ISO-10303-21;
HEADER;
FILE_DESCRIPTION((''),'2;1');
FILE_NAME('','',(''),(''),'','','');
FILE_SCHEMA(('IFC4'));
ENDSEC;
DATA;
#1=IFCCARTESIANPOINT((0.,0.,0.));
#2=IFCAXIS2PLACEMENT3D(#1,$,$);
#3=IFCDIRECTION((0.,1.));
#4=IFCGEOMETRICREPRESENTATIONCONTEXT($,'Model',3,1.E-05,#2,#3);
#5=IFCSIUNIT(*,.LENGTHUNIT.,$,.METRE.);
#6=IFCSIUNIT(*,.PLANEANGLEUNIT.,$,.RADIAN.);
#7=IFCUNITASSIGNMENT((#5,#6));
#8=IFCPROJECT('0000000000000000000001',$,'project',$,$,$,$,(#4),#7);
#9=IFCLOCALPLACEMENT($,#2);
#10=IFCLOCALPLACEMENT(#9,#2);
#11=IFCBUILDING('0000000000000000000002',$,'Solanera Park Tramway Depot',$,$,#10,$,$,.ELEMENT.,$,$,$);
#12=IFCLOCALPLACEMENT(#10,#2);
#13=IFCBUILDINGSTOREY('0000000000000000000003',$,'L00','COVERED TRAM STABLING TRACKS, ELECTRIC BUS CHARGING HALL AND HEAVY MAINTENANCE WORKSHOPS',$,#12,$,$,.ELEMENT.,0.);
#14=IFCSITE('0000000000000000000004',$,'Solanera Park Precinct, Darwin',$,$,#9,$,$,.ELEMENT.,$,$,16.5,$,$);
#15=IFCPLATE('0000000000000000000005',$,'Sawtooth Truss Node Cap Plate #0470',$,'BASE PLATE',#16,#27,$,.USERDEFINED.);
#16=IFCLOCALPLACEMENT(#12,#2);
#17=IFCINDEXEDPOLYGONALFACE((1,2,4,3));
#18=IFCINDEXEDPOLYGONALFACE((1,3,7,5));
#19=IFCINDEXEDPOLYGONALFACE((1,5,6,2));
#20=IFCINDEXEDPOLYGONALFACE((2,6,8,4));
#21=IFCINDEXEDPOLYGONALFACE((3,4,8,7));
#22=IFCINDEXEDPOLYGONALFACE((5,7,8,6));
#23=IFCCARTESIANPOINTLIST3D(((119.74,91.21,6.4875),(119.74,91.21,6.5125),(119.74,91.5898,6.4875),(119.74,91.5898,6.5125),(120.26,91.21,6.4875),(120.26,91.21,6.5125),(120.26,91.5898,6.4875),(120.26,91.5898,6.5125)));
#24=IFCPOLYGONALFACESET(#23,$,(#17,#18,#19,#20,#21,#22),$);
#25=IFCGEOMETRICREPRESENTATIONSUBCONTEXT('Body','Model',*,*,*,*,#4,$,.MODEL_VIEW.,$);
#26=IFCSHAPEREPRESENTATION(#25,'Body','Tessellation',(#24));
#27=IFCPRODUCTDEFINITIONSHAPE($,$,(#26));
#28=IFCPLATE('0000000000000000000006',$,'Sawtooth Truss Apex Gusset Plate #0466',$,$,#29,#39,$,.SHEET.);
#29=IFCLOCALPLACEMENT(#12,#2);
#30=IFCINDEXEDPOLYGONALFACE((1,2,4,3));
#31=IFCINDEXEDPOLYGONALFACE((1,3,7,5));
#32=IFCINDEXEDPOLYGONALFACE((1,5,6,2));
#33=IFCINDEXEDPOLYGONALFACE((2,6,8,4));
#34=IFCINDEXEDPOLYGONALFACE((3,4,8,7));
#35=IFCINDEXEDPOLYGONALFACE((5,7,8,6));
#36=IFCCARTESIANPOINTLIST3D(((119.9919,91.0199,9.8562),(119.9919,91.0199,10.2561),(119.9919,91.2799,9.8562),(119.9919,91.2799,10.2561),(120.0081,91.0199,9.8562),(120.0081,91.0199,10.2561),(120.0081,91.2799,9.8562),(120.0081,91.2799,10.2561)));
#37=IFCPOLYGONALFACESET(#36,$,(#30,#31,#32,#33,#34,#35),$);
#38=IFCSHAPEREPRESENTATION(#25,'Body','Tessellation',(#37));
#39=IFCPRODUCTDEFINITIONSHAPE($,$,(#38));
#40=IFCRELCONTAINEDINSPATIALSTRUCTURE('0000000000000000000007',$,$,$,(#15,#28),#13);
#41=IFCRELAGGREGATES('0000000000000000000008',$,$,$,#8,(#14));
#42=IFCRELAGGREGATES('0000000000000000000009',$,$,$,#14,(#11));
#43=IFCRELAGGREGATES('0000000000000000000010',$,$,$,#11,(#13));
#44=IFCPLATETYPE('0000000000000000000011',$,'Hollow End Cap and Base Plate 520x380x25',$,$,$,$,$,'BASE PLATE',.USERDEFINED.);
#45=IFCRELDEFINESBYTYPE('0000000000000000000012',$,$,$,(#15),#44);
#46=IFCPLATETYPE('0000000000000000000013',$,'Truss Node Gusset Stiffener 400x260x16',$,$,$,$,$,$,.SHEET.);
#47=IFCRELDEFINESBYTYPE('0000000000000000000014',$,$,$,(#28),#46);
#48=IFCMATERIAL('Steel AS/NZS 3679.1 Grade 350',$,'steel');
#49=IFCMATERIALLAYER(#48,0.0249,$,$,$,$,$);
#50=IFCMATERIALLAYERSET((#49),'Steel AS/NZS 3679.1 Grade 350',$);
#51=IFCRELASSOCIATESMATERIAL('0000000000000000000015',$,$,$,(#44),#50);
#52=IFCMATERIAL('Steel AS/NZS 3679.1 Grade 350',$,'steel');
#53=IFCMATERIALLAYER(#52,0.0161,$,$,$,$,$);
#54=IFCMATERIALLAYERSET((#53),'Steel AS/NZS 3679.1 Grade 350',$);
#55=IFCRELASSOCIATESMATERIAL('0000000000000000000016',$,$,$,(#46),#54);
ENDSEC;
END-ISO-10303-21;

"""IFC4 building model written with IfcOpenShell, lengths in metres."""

from ifc_helpers import new_model, si_unit, direction, frame, origin, origin_2d, place, context, subcontext, project, spatial, rectangle, extrude, material, layer, layer_set, type_object, element, save


model = new_model("IFC4")

# Units and contexts
model_context = context("Model", 3, precision=1e-05, world=origin(), true_north=direction((0.0, 1.0)))
body_context = subcontext(model_context, "Body", "Model", "MODEL_VIEW")
ifc_project = project(units=[si_unit("LENGTHUNIT", "METRE"), si_unit("PLANEANGLEUNIT", "RADIAN")], contexts=[model_context])

# Site, building, storey
site_placement = place(None, origin())
site = spatial("IfcSite", under=ifc_project, at=site_placement, Name="Solanera Park Precinct, Darwin", CompositionType="ELEMENT", RefElevation=16.5)
building_placement = place(site_placement, origin())
building = spatial("IfcBuilding", under=site, at=building_placement, Name="Solanera Park Tramway Depot", CompositionType="ELEMENT")
storey_placement = place(building_placement, origin())
storey = spatial("IfcBuildingStorey", under=building, at=storey_placement, Name="L00", Description="COVERED TRAM STABLING TRACKS, ELECTRIC BUS CHARGING HALL AND HEAVY MAINTENANCE WORKSHOPS", CompositionType="ELEMENT", Elevation=0.0)

# Plates
ifc_material_1 = material(Name="Steel AS/NZS 3679.1 Grade 350", Category="steel")
ifc_layer_1 = layer(ifc_material_1, 0.0249)
ifc_layer_set_1 = layer_set([ifc_layer_1], Name="Steel AS/NZS 3679.1 Grade 350")
plate_type_1 = type_object("IfcPlateType", Name="Hollow End Cap and Base Plate 520x380x25", ElementType="BASE PLATE", PredefinedType="USERDEFINED", material=ifc_layer_set_1)
plate_1_placement = place(storey_placement, frame((120.0, 91.3999, 6.4875), z_axis=(0.0, 0.0, 1.0), x_axis=(1.0, 0.0, 0.0)))
element("IfcPlate", 1, at=plate_1_placement, inside=storey, type_object=plate_type_1, Name="Sawtooth Truss Node Cap Plate #0470", ObjectType="BASE PLATE", PredefinedType="USERDEFINED", context=body_context, shape_type="SweptSolid", body=[
    extrude(rectangle(XDim=0.52, YDim=0.3799, at=origin_2d()), origin(), (0.0, 0.0, 1.0), 0.0249),
])
ifc_material_2 = material(Name="Steel AS/NZS 3679.1 Grade 350", Category="steel")
ifc_layer_2 = layer(ifc_material_2, 0.0161)
ifc_layer_set_2 = layer_set([ifc_layer_2], Name="Steel AS/NZS 3679.1 Grade 350")
plate_type_2 = type_object("IfcPlateType", Name="Truss Node Gusset Stiffener 400x260x16", PredefinedType="SHEET", material=ifc_layer_set_2)
plate_2_placement = place(storey_placement, frame((120.0, 91.1499, 9.8562), z_axis=(0.0, 0.0, 1.0), x_axis=(1.0, 0.0, 0.0)))
element("IfcPlate", 2, at=plate_2_placement, inside=storey, type_object=plate_type_2, Name="Sawtooth Truss Apex Gusset Plate #0466", PredefinedType="SHEET", context=body_context, shape_type="SweptSolid", body=[
    extrude(rectangle(XDim=0.0161, YDim=0.26, at=origin_2d()), origin(), (0.0, 0.0, 1.0), 0.3999),
])

save(model, "model.ifc")
